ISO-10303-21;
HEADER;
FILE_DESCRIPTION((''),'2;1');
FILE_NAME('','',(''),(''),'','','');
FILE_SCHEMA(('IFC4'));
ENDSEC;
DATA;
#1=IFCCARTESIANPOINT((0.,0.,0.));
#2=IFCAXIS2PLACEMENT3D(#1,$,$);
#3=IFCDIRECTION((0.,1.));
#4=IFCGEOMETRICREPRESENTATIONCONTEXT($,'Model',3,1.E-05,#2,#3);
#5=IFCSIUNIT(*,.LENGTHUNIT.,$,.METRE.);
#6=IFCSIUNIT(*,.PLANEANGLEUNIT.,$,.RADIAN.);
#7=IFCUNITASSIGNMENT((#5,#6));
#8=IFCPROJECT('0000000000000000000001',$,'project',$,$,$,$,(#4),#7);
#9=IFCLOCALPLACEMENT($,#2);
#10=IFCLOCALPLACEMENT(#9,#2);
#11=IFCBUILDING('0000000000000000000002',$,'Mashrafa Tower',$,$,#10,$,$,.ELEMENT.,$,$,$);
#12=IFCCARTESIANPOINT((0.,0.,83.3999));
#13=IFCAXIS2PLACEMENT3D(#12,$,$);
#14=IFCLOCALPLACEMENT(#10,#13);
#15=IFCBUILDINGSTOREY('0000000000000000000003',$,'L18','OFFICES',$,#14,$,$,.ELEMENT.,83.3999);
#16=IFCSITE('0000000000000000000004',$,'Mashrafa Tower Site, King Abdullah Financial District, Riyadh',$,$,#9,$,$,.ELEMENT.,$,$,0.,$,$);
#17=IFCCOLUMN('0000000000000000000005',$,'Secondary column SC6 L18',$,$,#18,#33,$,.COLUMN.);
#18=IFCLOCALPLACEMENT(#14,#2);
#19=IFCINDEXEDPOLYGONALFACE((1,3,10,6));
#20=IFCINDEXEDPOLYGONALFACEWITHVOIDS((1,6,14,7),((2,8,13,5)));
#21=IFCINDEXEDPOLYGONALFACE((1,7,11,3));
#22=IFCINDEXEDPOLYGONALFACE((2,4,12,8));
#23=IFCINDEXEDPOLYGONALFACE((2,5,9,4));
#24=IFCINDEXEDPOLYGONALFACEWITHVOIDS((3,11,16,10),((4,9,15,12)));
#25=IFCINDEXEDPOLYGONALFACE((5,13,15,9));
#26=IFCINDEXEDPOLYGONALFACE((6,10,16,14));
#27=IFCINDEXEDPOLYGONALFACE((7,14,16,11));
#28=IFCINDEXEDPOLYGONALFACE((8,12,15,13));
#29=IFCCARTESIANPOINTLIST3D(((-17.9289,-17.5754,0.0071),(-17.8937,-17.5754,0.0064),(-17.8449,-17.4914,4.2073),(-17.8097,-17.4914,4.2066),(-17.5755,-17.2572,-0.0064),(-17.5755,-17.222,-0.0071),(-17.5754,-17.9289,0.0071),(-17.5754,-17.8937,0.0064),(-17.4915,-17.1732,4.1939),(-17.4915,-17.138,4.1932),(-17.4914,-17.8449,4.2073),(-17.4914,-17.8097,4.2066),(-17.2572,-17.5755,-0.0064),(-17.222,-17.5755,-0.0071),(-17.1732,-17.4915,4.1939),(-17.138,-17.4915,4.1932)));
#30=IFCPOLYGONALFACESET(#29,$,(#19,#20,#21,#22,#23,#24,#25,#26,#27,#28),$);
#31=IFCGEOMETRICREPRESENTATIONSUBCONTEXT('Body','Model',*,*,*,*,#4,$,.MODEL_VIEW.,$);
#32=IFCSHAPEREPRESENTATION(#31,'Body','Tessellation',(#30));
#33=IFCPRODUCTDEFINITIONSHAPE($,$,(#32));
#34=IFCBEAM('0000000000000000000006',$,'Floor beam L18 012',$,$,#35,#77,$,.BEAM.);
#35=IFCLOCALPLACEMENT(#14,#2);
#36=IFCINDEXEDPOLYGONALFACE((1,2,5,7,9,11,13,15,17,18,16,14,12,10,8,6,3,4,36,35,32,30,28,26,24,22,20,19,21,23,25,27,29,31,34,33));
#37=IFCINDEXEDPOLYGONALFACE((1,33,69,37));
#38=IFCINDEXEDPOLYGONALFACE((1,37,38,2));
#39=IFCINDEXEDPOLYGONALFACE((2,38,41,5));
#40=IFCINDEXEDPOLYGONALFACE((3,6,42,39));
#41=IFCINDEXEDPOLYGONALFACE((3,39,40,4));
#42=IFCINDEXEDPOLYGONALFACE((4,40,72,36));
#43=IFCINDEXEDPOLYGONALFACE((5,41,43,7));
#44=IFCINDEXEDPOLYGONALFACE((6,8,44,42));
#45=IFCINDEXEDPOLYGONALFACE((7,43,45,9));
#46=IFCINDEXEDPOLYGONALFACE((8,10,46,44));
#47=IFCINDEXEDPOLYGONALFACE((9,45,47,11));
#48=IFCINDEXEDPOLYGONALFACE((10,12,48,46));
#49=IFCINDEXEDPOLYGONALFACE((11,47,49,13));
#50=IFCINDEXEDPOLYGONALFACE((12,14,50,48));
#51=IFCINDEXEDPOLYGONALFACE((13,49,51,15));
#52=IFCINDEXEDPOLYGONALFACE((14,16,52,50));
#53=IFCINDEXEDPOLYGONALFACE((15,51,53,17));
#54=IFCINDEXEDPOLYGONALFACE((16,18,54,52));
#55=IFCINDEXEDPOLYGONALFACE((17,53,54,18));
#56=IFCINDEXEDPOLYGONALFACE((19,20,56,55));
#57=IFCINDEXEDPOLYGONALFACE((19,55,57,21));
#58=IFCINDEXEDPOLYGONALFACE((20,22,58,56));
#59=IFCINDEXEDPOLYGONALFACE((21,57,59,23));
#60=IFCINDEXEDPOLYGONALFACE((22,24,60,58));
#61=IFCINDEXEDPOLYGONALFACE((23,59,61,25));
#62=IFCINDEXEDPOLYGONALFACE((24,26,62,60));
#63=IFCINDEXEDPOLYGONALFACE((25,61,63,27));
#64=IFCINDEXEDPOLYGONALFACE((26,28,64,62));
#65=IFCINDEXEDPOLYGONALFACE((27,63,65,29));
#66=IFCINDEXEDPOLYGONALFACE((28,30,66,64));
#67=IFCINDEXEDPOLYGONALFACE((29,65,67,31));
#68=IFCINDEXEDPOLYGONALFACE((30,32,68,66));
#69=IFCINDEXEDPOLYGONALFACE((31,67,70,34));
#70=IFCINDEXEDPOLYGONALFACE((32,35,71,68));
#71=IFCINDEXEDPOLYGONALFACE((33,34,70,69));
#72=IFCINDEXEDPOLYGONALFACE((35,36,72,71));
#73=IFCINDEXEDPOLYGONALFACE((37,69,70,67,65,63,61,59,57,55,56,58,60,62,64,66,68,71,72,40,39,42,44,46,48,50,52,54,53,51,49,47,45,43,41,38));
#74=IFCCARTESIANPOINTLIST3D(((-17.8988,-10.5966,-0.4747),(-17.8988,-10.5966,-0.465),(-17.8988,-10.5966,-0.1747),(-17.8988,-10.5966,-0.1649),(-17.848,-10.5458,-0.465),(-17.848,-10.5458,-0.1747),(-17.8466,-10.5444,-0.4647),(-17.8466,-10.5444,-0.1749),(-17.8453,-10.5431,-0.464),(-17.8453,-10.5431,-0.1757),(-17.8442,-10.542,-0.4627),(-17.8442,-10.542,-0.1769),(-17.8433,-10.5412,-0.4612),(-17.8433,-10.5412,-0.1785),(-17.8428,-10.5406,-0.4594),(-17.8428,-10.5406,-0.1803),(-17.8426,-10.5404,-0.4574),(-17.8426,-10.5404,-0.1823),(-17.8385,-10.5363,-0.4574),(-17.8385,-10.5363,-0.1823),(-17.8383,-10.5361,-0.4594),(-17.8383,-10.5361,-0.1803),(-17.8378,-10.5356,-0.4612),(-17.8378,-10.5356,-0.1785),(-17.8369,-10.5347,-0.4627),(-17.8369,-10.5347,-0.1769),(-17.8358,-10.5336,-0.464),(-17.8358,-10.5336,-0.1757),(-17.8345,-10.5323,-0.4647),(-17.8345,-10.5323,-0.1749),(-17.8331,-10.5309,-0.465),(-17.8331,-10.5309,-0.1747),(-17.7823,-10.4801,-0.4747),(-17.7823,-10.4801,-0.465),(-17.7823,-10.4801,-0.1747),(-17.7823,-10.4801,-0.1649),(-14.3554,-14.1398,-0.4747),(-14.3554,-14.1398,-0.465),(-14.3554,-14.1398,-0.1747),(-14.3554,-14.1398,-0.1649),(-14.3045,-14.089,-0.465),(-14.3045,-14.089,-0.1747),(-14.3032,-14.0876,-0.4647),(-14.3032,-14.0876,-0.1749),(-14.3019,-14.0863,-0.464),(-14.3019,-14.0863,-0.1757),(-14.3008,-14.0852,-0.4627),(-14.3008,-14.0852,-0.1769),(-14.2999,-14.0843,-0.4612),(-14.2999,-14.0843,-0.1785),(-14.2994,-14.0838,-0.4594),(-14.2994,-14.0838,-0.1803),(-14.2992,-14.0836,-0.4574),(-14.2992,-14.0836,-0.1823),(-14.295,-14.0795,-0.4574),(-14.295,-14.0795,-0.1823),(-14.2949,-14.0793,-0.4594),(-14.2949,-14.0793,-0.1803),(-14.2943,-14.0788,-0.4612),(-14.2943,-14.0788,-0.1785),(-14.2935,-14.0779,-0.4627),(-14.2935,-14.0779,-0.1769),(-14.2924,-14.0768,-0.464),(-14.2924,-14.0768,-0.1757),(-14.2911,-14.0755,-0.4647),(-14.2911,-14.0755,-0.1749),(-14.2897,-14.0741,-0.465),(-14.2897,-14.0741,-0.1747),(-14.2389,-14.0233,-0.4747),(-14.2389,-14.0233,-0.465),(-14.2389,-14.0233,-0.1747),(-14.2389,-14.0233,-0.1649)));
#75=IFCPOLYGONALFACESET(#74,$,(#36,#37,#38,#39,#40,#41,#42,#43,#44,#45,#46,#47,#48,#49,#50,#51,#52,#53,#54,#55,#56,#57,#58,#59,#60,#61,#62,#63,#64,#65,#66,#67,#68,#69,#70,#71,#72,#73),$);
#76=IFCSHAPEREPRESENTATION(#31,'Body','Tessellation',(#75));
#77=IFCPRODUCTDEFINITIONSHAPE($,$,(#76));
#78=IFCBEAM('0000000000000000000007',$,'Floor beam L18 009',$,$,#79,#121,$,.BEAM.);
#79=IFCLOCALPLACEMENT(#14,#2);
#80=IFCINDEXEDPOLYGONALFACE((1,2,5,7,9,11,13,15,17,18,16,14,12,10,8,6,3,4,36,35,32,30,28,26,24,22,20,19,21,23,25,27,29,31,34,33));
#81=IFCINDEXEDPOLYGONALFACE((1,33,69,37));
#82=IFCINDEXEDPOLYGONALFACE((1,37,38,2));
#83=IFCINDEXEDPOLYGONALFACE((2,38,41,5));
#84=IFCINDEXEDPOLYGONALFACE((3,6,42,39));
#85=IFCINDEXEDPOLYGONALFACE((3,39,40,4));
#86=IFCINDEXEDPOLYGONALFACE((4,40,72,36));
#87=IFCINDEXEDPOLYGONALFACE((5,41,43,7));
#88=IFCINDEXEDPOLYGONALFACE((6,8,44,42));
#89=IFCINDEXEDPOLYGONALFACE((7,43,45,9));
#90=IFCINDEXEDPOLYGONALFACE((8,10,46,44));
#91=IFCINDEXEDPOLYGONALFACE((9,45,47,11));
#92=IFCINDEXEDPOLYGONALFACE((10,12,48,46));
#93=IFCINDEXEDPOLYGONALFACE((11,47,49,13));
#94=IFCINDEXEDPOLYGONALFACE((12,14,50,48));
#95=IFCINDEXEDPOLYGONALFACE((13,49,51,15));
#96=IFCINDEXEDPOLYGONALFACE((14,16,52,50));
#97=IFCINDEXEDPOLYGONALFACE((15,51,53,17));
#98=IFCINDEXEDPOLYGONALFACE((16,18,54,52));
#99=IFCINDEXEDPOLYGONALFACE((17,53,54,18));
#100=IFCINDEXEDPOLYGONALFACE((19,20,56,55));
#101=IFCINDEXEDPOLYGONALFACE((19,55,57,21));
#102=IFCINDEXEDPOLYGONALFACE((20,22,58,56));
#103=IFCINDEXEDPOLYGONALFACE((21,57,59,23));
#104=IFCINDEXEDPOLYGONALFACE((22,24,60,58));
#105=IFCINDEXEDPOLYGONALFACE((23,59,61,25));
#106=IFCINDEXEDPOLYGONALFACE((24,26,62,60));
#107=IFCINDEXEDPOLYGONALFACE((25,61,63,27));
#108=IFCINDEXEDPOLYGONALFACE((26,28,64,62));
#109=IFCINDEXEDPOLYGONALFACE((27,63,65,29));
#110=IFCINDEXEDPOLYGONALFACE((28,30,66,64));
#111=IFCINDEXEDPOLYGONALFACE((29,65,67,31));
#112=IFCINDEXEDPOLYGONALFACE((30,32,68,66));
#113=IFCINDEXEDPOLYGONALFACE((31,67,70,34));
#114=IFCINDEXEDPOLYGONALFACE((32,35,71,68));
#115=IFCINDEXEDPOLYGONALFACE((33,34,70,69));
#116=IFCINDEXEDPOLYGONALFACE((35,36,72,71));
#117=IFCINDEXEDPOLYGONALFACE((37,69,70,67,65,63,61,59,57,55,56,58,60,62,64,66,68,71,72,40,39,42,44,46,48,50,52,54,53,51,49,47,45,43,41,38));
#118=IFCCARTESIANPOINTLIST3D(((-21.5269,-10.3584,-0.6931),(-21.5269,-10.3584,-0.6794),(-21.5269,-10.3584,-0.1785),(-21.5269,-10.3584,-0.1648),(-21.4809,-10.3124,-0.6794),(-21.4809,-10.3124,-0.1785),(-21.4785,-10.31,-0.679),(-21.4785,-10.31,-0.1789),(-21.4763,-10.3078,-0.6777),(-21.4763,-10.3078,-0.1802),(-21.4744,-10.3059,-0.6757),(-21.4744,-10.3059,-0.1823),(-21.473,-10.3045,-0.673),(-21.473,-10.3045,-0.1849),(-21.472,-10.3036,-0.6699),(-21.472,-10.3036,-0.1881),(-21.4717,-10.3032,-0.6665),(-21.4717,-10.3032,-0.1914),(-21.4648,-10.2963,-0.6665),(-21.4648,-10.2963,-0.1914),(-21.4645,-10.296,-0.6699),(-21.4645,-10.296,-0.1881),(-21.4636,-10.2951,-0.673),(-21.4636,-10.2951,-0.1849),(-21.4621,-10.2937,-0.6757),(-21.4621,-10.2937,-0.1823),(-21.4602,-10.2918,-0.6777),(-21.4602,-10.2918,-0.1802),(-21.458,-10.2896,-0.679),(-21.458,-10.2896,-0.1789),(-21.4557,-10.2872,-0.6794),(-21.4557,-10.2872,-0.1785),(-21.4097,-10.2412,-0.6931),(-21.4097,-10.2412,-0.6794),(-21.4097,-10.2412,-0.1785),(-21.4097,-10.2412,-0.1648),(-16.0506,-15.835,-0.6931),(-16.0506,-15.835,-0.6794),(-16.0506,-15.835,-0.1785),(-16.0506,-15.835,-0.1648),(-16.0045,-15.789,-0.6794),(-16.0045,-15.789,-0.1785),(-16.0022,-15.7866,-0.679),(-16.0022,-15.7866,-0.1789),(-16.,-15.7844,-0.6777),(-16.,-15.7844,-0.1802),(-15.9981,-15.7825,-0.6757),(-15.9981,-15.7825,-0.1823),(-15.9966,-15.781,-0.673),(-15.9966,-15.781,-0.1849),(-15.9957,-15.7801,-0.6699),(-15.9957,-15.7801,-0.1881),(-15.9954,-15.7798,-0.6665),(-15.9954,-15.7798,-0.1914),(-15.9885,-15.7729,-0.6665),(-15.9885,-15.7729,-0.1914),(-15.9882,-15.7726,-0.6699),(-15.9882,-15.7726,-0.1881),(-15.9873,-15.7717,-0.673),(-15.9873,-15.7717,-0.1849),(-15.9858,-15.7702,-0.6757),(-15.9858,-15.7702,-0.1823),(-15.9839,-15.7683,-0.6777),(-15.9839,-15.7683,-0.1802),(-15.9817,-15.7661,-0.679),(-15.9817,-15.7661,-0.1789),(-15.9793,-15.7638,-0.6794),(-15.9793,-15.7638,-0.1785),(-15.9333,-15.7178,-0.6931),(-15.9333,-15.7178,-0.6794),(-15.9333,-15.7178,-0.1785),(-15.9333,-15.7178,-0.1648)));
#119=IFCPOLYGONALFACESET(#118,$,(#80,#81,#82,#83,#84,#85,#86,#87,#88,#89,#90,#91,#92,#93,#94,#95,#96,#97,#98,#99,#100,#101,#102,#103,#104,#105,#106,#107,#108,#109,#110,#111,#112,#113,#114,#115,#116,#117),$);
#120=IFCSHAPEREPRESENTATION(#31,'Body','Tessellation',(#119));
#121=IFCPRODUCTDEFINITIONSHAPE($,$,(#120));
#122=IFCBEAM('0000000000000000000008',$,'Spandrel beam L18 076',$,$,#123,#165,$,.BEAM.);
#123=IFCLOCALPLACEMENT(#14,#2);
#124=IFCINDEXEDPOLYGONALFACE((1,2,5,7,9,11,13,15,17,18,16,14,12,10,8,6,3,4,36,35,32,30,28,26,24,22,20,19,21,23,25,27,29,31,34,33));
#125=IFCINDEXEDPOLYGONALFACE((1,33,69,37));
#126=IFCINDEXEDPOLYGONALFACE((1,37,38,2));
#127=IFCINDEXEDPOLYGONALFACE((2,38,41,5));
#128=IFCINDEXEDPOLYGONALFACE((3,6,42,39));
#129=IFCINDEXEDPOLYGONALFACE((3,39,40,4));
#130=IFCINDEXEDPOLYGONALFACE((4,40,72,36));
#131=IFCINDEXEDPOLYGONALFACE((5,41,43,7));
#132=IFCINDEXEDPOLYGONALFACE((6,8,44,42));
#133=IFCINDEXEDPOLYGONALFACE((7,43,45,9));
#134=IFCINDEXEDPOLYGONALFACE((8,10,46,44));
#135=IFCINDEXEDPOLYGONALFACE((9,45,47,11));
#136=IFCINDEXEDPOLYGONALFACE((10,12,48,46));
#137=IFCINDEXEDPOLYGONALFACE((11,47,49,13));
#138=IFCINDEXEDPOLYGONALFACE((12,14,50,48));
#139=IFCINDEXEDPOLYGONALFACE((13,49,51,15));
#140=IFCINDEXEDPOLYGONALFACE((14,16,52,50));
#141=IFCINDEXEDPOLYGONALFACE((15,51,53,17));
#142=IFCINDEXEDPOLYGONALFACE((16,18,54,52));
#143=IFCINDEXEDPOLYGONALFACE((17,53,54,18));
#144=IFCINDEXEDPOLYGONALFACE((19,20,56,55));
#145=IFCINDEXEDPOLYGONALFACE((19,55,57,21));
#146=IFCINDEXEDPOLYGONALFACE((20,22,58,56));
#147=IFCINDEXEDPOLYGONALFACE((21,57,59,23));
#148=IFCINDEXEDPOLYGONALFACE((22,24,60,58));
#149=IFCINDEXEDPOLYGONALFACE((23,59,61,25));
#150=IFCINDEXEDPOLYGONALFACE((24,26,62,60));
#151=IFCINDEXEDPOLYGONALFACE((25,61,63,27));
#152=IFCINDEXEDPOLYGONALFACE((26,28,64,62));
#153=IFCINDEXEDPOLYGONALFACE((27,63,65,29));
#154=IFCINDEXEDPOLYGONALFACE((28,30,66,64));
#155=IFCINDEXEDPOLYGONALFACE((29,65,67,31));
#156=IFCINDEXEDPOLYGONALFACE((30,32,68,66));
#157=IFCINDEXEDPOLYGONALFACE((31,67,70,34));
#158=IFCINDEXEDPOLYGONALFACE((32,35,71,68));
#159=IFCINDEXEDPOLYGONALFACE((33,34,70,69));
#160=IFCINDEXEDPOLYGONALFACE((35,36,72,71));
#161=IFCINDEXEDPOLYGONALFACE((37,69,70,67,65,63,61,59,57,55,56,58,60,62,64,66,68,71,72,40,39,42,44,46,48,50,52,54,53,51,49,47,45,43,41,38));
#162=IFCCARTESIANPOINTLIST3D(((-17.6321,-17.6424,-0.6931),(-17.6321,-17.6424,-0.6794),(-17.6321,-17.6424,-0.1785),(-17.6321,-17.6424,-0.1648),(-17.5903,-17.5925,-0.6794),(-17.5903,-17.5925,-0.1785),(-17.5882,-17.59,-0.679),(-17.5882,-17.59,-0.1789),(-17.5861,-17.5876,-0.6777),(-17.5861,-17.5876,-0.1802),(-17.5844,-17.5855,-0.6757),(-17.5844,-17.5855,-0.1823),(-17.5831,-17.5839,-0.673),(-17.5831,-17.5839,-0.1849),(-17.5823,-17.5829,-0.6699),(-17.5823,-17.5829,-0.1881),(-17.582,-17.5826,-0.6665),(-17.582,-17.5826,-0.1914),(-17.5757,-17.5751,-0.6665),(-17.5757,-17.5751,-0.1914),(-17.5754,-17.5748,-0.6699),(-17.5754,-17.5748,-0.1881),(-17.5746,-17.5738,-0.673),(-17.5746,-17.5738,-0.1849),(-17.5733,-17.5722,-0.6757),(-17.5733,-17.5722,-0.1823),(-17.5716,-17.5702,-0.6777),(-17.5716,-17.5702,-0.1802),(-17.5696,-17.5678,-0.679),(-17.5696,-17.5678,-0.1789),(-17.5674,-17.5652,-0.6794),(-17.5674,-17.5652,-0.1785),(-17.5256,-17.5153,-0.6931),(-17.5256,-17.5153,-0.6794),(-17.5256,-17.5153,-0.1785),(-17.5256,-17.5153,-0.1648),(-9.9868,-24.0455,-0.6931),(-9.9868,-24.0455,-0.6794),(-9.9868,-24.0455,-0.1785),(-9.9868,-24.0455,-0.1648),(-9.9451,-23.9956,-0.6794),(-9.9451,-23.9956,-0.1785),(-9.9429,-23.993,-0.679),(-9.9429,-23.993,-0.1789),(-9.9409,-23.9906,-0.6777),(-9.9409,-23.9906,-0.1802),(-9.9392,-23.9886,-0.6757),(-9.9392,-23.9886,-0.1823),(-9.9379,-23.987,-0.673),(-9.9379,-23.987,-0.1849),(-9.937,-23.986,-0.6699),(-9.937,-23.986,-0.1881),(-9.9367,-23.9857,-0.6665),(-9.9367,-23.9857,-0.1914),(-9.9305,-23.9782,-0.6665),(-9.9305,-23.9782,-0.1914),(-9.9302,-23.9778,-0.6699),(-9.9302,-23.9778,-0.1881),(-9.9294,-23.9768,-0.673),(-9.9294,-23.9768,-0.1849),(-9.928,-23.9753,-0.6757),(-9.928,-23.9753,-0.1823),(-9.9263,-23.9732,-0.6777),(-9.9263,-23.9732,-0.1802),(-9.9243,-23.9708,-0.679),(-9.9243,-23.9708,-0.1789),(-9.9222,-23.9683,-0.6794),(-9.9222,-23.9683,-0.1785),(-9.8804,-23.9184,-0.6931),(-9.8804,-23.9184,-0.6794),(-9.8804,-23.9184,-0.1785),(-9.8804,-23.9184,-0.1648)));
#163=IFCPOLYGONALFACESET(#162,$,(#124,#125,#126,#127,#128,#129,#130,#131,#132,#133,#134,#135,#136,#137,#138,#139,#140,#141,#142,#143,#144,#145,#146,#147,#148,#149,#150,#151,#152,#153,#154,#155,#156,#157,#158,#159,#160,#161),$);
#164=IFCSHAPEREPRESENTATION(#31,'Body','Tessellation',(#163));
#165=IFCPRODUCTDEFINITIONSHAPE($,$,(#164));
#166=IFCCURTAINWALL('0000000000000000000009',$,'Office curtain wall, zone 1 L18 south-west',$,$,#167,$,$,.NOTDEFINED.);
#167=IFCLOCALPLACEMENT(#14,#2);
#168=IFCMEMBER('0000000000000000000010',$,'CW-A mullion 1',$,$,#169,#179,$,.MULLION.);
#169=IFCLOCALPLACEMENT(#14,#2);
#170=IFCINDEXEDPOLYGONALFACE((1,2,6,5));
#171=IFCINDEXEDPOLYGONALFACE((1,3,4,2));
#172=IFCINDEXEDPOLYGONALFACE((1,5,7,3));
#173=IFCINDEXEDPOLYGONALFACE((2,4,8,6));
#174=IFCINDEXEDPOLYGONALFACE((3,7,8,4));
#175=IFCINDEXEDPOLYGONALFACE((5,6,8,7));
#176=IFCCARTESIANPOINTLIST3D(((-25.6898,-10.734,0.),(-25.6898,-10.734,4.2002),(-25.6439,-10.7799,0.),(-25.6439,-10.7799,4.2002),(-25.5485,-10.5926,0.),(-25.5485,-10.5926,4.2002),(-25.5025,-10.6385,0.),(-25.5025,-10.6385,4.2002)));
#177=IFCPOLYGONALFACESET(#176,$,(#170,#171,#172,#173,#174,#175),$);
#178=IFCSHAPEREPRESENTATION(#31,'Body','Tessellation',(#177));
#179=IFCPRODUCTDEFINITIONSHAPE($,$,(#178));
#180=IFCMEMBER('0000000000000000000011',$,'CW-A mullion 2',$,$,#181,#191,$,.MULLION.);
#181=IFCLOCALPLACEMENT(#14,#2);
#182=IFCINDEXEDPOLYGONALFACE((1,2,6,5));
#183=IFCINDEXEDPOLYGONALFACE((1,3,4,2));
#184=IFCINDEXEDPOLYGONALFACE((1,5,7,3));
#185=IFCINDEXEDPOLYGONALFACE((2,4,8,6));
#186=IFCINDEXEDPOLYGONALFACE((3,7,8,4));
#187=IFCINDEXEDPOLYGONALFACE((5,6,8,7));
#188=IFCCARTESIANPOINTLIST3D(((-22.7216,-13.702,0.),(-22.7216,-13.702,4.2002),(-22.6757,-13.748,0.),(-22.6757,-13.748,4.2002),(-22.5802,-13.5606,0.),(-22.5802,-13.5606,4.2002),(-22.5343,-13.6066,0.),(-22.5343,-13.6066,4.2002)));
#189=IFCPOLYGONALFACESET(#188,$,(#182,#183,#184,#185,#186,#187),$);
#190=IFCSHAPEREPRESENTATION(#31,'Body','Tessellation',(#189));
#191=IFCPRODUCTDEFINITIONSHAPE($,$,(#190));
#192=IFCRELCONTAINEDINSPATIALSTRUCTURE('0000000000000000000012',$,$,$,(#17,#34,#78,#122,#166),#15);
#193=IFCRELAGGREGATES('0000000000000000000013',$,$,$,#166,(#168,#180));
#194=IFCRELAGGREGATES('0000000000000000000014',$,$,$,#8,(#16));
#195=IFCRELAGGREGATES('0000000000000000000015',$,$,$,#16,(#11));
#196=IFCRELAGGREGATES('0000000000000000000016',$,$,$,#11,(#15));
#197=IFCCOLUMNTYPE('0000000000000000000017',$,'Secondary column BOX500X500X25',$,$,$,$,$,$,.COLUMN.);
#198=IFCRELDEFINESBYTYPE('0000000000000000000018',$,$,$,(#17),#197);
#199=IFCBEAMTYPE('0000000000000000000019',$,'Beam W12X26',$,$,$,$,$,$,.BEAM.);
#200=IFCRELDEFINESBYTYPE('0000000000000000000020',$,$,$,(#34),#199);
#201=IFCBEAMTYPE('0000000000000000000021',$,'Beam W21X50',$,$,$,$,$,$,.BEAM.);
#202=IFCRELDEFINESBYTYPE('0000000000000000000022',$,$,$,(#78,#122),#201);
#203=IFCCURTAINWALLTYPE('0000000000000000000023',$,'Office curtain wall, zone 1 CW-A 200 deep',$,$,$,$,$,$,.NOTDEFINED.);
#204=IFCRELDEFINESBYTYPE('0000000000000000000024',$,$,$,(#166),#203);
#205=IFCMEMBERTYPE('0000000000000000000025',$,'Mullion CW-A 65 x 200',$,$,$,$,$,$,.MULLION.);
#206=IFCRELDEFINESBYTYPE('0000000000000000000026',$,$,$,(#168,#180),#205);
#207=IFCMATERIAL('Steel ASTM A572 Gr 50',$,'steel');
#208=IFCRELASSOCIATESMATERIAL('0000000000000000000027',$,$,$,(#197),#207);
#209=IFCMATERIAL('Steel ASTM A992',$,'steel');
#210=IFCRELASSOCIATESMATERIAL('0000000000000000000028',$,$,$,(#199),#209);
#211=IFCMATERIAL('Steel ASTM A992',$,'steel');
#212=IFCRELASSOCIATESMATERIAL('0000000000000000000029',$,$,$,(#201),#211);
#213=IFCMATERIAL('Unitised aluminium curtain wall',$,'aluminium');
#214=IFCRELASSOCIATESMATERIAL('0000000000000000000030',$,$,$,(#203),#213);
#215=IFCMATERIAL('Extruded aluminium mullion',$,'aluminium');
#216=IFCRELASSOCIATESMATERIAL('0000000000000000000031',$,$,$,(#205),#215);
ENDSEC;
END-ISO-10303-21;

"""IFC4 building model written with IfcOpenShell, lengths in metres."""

from ifc_helpers import new_model, si_unit, direction, frame, origin, origin_2d, place, context, subcontext, project, spatial, rectangle, hollow_rectangle, i_section, extrude, source, transform, mapped, material, material_profile, profile_set, type_object, type_shapes, element, aggregate, save


model = new_model("IFC4")

# Units and contexts
model_context = context("Model", 3, precision=1e-05, world=origin(), true_north=direction((0.0, 1.0)))
body_context = subcontext(model_context, "Body", "Model", "MODEL_VIEW")
ifc_project = project(units=[si_unit("LENGTHUNIT", "METRE"), si_unit("PLANEANGLEUNIT", "RADIAN")], contexts=[model_context])

# Site, building, storey
site_placement = place(None, origin())
site = spatial("IfcSite", under=ifc_project, at=site_placement, Name="Mashrafa Tower Site, King Abdullah Financial District, Riyadh", CompositionType="ELEMENT", RefElevation=0.0)
building_placement = place(site_placement, origin())
building = spatial("IfcBuilding", under=site, at=building_placement, Name="Mashrafa Tower", CompositionType="ELEMENT")
storey_placement = place(building_placement, frame((0.0, 0.0, 83.3999)))
storey = spatial("IfcBuildingStorey", under=building, at=storey_placement, Name="L18", Description="OFFICES", CompositionType="ELEMENT", Elevation=83.3999)

# Column
ifc_material_1 = material(Name="Steel ASTM A572 Gr 50", Category="steel")
ifc_material_profile_1 = material_profile(ifc_material_1, hollow_rectangle(XDim=0.5, YDim=0.5, WallThickness=0.0249, at=origin_2d()), Name="BOX500X500X25")
ifc_profile_set_1 = profile_set([ifc_material_profile_1], Name="Steel ASTM A572 Gr 50")
column_type = type_object("IfcColumnType", Name="Secondary column BOX500X500X25", PredefinedType="COLUMN", material=ifc_profile_set_1)
column_placement = place(storey_placement, frame((-17.5754, -17.5754, 0.0), z_axis=(0.019987, 0.019987, 0.9996), x_axis=(-0.707107, 0.707107, 0.0)))
element("IfcColumn", 1, at=column_placement, inside=storey, type_object=column_type, Name="Secondary column SC6 L18", PredefinedType="COLUMN", context=body_context, shape_type="SweptSolid", body=[
    extrude(hollow_rectangle(XDim=0.5, YDim=0.5, WallThickness=0.0249, at=origin_2d()), origin(), (0.0, 0.0, 1.0), 4.2019),
])

# Beams
ifc_material_2 = material(Name="Steel ASTM A992", Category="steel")
ifc_material_profile_2 = material_profile(ifc_material_2, i_section(OverallWidth=0.1648, OverallDepth=0.3098, WebThickness=0.0059, FlangeThickness=0.0098, FilletRadius=0.0076, at=origin_2d()), Name="W12X26")
ifc_profile_set_2 = profile_set([ifc_material_profile_2], Name="Steel ASTM A992")
beam_type_1 = type_object("IfcBeamType", Name="Beam W12X26", PredefinedType="BEAM", material=ifc_profile_set_2)
beam_1_placement = place(storey_placement, frame((-14.2971, -14.0815, -0.3198), z_axis=(-0.707131, 0.707082, 0.0), x_axis=(-0.707082, -0.707131, 0.0)))
element("IfcBeam", 2, at=beam_1_placement, inside=storey, type_object=beam_type_1, Name="Floor beam L18 012", PredefinedType="BEAM", context=body_context, shape_type="SweptSolid", body=[
    extrude(i_section(OverallWidth=0.1648, OverallDepth=0.3098, WebThickness=0.0059, FlangeThickness=0.0098, FilletRadius=0.0076, at=origin_2d()), origin(), (0.0, 0.0, 1.0), 5.011),
])
ifc_material_3 = material(Name="Steel ASTM A992", Category="steel")
ifc_material_profile_3 = material_profile(ifc_material_3, i_section(OverallWidth=0.1658, OverallDepth=0.5283, WebThickness=0.0098, FlangeThickness=0.0137, FilletRadius=0.0129, at=origin_2d()), Name="W21X50")
ifc_profile_set_3 = profile_set([ifc_material_profile_3], Name="Steel ASTM A992")
beam_type_2 = type_object("IfcBeamType", Name="Beam W21X50", PredefinedType="BEAM", material=ifc_profile_set_3)
beam_2_placement = place(storey_placement, frame((-15.9919, -15.7764, -0.429), z_axis=(-0.707091, 0.707123, 0.0), x_axis=(-0.707123, -0.707091, 0.0)))
element("IfcBeam", 3, at=beam_2_placement, inside=storey, type_object=beam_type_2, Name="Floor beam L18 009", PredefinedType="BEAM", context=body_context, shape_type="SweptSolid", body=[
    extrude(i_section(OverallWidth=0.1658, OverallDepth=0.5283, WebThickness=0.0098, FlangeThickness=0.0137, FilletRadius=0.0129, at=origin_2d()), origin(), (0.0, 0.0, 1.0), 7.7449),
])
beam_3_placement = place(storey_placement, frame((-17.5789, -17.5789, -0.429), z_axis=(0.76664, -0.642078, 0.0), x_axis=(0.642078, 0.76664, 0.0)))
element("IfcBeam", 4, at=beam_3_placement, inside=storey, type_object=beam_type_2, Name="Spandrel beam L18 076", PredefinedType="BEAM", context=body_context, shape_type="SweptSolid", body=[
    extrude(i_section(OverallWidth=0.1658, OverallDepth=0.5283, WebThickness=0.0098, FlangeThickness=0.0137, FilletRadius=0.0129, at=origin_2d()), origin(), (0.0, 0.0, 1.0), 9.9724),
])

# Curtain wall, members
ifc_material_4 = material(Name="Unitised aluminium curtain wall", Category="aluminium")
curtain_wall_type = type_object("IfcCurtainWallType", Name="Office curtain wall, zone 1 CW-A 200 deep", PredefinedType="NOTDEFINED", material=ifc_material_4)
curtain_wall_placement = place(storey_placement, origin())
curtain_wall = element("IfcCurtainWall", 5, at=curtain_wall_placement, inside=storey, type_object=curtain_wall_type, Name="Office curtain wall, zone 1 L18 south-west", PredefinedType="NOTDEFINED")
ifc_material_5 = material(Name="Extruded aluminium mullion", Category="aluminium")
ifc_material_profile_4 = material_profile(ifc_material_5, rectangle(XDim=0.2, YDim=0.0649, at=origin_2d()), Name="Mullion 65x200")
ifc_profile_set_4 = profile_set([ifc_material_profile_4], Name="Extruded aluminium mullion")
member_type_1 = type_object("IfcMemberType", Name="Mullion CW-A 65 x 200", PredefinedType="MULLION", material=ifc_profile_set_4)
shared_shape_1 = source(origin(), body_context, "Body", "SweptSolid", [
    extrude(rectangle(XDim=0.2, YDim=0.0649, at=origin_2d()), origin(), (0.0, 0.0, 1.0), 4.2002),
])
type_shapes(member_type_1, [shared_shape_1])
member_1_placement = place(storey_placement, frame((-25.5962, -10.6863, 0.0), z_axis=(0.0, 0.0, 1.0), x_axis=(0.707107, 0.707107, 0.0)))
member_1 = element("IfcMember", 6, at=member_1_placement, type_object=member_type_1, Name="CW-A mullion 1", PredefinedType="MULLION", context=body_context, shape_type="MappedRepresentation", body=[
    mapped(shared_shape_1, transform((0.0, 0.0, 0.0))),
])
member_2_placement = place(storey_placement, frame((-22.6279, -13.6543, 0.0), z_axis=(0.0, 0.0, 1.0), x_axis=(0.707107, 0.707107, 0.0)))
member_2 = element("IfcMember", 7, at=member_2_placement, type_object=member_type_1, Name="CW-A mullion 2", PredefinedType="MULLION", context=body_context, shape_type="MappedRepresentation", body=[
    mapped(shared_shape_1, transform((0.0, 0.0, 0.0))),
])
aggregate(curtain_wall, [member_1, member_2])

save(model, "model.ifc")
